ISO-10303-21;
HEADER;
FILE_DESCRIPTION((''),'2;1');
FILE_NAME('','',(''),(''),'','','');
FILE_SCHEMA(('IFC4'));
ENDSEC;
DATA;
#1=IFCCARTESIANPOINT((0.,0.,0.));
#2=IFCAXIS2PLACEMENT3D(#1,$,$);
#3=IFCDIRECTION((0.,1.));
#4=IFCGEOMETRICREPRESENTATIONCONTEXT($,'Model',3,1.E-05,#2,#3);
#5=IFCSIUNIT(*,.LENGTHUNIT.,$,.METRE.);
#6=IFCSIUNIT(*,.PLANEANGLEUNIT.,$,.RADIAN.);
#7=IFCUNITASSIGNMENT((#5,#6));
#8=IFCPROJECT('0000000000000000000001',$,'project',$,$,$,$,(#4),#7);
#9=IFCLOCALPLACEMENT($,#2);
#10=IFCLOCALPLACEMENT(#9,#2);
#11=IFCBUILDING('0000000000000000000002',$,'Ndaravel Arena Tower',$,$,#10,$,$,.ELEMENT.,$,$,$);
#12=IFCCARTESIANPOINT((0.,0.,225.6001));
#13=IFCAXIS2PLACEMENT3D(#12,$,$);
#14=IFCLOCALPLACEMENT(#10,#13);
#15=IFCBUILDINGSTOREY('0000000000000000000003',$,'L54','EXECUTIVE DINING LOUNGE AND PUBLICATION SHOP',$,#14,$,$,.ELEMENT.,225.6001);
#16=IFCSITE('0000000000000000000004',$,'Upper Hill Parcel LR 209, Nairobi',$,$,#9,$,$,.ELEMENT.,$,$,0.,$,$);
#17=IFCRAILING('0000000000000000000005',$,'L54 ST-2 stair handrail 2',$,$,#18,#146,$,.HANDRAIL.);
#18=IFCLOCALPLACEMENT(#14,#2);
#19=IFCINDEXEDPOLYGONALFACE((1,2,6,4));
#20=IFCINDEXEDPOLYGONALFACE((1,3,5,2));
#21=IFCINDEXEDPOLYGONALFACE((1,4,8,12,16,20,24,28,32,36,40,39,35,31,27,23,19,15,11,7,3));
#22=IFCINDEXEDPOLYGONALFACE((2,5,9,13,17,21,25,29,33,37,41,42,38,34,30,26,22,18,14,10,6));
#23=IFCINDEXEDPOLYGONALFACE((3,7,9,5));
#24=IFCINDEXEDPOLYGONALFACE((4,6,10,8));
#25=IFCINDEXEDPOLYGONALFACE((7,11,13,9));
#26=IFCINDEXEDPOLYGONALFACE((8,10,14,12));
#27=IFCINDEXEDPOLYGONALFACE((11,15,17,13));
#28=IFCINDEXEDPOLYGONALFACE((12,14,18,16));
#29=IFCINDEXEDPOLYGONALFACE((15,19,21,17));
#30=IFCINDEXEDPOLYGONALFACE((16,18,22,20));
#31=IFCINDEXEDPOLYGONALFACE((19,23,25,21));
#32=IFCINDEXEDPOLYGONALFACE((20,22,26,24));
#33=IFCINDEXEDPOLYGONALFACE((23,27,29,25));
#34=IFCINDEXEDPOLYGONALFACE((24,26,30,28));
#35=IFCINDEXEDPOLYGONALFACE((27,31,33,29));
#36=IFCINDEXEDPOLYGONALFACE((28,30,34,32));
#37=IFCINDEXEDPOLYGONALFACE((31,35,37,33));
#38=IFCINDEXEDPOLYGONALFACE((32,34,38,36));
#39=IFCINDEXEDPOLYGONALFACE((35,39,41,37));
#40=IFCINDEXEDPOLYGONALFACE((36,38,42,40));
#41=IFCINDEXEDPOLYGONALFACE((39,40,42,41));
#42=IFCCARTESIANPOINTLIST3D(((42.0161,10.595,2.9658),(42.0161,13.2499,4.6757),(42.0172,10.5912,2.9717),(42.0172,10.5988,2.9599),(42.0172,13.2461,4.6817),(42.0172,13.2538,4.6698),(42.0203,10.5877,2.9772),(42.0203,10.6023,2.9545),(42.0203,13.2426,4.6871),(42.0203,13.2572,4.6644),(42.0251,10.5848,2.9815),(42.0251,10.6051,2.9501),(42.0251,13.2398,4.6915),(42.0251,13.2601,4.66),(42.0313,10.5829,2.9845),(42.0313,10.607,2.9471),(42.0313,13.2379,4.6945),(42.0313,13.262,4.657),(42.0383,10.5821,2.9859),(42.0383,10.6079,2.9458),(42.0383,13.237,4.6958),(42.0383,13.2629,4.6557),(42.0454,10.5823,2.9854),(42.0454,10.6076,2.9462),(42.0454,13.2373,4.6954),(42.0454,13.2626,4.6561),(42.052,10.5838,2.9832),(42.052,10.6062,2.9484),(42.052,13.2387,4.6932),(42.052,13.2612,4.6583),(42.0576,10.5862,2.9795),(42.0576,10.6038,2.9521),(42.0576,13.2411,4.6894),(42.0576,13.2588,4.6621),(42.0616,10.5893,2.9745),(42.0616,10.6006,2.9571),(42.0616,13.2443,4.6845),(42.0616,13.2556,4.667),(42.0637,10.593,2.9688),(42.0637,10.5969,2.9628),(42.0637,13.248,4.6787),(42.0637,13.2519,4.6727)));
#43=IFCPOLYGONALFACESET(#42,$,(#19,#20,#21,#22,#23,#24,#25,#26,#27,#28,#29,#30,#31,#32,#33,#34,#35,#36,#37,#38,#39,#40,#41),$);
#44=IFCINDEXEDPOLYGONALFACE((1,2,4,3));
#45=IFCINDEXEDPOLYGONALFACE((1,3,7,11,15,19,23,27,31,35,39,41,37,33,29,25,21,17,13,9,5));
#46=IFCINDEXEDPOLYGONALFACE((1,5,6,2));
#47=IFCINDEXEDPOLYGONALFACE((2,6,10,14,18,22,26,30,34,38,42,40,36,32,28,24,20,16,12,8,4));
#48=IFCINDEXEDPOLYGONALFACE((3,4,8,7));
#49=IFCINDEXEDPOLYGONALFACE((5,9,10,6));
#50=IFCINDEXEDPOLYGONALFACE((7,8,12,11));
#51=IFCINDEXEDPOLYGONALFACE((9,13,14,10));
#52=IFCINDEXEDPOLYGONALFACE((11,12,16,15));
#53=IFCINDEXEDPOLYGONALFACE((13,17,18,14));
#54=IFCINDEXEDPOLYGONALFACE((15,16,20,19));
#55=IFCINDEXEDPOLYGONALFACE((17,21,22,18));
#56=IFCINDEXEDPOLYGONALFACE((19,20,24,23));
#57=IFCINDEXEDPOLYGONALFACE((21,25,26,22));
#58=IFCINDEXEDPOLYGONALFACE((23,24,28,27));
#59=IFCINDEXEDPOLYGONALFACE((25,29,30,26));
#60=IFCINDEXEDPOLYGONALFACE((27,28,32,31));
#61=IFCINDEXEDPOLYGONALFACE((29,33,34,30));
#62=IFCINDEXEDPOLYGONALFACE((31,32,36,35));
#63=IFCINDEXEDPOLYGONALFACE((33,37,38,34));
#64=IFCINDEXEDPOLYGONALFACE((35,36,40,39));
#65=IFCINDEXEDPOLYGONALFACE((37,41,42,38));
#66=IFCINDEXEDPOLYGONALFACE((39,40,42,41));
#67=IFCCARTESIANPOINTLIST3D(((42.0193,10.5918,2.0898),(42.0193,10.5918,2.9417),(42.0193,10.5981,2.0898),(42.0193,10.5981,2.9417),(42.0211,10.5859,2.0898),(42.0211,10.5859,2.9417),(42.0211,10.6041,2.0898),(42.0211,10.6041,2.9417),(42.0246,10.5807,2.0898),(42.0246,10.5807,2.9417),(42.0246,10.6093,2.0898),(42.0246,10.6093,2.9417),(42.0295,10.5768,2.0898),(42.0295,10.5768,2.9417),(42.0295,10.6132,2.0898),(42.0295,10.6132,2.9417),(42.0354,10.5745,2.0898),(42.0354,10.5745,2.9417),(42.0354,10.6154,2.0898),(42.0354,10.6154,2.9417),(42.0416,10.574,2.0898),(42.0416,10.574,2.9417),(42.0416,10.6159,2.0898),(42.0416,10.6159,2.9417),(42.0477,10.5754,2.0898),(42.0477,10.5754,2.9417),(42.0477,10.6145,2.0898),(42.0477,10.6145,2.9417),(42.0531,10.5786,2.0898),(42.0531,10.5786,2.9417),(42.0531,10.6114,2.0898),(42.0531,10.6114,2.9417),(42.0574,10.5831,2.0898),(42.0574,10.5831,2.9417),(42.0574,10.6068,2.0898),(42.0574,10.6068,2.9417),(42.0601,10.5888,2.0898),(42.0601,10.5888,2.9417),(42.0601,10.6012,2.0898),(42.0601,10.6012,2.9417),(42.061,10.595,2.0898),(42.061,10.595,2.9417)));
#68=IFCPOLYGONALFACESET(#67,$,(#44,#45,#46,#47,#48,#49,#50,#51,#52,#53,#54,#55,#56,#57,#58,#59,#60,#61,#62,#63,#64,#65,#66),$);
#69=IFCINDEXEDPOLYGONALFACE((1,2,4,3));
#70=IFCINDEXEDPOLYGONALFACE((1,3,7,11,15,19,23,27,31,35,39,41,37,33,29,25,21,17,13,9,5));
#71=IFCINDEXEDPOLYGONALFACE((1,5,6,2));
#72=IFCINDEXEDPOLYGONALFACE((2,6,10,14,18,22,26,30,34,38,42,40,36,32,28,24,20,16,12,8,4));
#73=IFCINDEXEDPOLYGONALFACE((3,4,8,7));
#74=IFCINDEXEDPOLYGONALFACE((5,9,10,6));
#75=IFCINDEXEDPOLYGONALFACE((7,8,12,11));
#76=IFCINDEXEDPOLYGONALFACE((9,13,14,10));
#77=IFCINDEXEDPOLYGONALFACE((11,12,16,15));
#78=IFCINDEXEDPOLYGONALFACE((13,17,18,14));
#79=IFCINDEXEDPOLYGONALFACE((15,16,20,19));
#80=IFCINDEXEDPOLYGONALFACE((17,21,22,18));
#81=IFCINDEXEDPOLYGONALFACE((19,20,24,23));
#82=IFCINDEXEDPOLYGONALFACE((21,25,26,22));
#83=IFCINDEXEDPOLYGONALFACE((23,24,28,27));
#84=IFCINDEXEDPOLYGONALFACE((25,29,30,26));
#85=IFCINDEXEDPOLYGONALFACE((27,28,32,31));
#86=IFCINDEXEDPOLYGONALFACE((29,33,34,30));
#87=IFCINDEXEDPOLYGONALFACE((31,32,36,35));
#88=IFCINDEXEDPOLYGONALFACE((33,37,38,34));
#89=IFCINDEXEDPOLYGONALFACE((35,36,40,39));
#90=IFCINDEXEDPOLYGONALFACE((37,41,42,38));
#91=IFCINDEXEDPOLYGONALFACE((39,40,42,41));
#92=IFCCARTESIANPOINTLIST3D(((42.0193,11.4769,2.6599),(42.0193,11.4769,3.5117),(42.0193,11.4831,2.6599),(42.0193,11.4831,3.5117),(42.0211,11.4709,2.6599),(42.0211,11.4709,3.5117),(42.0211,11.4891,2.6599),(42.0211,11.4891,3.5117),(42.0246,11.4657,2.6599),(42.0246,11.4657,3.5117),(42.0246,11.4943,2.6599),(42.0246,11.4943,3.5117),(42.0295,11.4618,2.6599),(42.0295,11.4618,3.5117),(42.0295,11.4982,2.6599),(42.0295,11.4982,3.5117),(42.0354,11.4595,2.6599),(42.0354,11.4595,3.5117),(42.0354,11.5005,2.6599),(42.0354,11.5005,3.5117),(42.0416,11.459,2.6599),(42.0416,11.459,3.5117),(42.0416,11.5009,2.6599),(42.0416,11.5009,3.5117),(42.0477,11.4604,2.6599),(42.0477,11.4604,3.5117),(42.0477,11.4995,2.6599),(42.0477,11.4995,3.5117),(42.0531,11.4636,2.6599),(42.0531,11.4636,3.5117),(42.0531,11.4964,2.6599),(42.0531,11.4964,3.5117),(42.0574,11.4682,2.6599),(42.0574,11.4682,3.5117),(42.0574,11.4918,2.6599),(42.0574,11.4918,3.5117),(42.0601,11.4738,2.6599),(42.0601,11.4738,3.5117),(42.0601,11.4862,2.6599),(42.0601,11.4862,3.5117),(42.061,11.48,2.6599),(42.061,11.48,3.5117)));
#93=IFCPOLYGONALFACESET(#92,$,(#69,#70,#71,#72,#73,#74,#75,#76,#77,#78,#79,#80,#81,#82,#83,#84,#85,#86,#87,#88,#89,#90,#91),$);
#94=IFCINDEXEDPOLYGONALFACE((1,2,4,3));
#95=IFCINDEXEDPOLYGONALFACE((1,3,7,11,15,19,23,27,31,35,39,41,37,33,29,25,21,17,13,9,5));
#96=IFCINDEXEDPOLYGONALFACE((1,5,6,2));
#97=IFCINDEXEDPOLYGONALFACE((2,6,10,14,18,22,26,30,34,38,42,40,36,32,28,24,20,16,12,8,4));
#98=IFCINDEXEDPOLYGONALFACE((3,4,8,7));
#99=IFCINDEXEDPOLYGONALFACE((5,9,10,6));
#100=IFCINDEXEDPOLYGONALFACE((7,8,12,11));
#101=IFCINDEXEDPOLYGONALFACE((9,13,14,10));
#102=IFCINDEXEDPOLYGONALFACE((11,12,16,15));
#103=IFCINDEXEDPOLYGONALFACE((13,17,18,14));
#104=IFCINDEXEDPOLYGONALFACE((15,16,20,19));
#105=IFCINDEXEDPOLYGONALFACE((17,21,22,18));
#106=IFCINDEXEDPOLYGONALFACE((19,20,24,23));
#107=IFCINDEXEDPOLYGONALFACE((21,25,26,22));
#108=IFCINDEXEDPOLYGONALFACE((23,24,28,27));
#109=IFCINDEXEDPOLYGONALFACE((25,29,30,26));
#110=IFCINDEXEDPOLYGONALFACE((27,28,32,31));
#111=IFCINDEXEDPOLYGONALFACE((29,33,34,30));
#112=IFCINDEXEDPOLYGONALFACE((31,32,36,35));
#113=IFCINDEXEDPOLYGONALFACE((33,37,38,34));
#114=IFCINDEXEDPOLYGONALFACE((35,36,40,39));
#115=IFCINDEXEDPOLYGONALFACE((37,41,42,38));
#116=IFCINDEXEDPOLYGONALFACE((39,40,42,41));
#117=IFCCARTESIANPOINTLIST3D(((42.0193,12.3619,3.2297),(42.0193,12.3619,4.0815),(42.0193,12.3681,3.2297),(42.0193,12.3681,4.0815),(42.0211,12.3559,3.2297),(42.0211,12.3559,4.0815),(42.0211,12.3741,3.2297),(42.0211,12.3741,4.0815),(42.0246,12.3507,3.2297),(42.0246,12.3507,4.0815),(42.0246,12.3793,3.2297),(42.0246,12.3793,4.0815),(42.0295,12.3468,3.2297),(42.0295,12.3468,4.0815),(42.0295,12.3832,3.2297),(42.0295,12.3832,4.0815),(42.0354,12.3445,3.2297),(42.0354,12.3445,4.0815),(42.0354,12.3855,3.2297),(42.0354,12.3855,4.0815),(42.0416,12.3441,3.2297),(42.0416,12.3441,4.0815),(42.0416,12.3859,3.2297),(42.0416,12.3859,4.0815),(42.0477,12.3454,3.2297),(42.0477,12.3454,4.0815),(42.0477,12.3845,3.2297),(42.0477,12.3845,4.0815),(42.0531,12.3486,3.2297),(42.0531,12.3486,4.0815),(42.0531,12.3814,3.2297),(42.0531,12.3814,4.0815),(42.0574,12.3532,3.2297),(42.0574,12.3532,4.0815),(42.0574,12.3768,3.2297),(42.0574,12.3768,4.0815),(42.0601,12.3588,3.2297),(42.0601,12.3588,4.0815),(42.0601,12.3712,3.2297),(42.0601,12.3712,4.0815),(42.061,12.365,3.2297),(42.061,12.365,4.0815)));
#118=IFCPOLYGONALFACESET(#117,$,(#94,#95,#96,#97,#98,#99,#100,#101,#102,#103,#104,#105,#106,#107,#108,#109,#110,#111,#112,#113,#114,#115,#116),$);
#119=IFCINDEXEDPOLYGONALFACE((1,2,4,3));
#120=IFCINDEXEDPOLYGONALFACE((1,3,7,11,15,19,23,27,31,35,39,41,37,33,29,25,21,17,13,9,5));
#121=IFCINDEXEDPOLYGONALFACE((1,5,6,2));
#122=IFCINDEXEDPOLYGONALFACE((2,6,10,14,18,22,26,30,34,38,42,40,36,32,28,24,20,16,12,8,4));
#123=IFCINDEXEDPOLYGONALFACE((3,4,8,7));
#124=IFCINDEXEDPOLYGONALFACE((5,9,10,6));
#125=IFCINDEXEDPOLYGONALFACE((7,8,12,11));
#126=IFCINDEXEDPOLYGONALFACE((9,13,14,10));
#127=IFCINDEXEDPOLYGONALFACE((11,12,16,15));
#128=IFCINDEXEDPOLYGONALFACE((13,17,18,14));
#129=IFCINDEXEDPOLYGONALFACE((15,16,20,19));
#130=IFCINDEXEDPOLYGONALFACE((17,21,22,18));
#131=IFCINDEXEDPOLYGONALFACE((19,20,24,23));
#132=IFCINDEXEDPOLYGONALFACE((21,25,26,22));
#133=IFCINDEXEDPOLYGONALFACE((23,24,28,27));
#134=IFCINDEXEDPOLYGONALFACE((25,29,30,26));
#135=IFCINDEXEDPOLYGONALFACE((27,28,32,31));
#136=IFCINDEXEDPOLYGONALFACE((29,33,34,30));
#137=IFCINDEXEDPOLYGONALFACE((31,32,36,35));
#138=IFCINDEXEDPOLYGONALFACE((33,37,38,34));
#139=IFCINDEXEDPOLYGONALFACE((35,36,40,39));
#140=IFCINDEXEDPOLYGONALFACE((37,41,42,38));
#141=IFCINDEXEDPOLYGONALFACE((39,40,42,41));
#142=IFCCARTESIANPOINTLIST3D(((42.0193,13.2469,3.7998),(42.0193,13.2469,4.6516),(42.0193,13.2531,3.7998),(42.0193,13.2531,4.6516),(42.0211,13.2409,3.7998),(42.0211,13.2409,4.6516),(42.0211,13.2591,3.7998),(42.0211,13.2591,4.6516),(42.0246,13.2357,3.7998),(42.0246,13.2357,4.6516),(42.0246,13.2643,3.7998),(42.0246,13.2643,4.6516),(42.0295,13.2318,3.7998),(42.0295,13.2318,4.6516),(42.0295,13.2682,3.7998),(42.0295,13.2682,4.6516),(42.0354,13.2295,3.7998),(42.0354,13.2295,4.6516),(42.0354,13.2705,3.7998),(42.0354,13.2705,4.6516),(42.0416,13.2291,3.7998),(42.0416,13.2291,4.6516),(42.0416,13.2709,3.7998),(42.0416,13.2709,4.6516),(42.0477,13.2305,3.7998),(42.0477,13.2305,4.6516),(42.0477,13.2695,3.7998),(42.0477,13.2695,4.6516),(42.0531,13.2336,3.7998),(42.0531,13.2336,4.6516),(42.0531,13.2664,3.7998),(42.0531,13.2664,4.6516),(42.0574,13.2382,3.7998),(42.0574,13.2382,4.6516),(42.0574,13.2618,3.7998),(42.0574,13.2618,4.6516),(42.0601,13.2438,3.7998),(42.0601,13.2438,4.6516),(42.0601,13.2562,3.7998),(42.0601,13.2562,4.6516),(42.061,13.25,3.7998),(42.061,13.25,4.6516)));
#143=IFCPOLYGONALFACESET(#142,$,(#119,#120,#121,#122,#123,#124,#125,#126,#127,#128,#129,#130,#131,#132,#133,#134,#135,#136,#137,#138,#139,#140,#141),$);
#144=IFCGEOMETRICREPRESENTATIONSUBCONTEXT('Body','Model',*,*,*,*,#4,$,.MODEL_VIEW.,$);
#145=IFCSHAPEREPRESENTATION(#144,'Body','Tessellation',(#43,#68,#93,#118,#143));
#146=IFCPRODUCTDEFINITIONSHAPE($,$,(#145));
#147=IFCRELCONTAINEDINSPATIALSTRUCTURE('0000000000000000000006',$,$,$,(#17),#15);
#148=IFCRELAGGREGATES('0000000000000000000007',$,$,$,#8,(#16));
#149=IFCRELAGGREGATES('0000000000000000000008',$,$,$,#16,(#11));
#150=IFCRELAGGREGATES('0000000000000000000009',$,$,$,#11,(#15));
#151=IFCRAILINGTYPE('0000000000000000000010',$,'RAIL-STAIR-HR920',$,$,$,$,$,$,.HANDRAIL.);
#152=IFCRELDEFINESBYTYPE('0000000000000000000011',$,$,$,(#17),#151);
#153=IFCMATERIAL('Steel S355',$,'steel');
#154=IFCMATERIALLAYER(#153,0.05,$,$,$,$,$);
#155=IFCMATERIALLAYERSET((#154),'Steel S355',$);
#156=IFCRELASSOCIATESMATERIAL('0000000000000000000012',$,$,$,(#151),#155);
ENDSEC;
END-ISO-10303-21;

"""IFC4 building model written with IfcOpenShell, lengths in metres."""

from ifc_helpers import new_model, si_unit, direction, frame, origin, origin_2d, place, context, subcontext, project, spatial, circle, extrude, material, layer, layer_set, type_object, element, save


model = new_model("IFC4")

# Units and contexts
model_context = context("Model", 3, precision=1e-05, world=origin(), true_north=direction((0.0, 1.0)))
body_context = subcontext(model_context, "Body", "Model", "MODEL_VIEW")
ifc_project = project(units=[si_unit("LENGTHUNIT", "METRE"), si_unit("PLANEANGLEUNIT", "RADIAN")], contexts=[model_context])

# Site, building, storey
site_placement = place(None, origin())
site = spatial("IfcSite", under=ifc_project, at=site_placement, Name="Upper Hill Parcel LR 209, Nairobi", CompositionType="ELEMENT", RefElevation=0.0)
building_placement = place(site_placement, origin())
building = spatial("IfcBuilding", under=site, at=building_placement, Name="Ndaravel Arena Tower", CompositionType="ELEMENT")
storey_placement = place(building_placement, frame((0.0, 0.0, 225.6001)))
storey = spatial("IfcBuildingStorey", under=building, at=storey_placement, Name="L54", Description="EXECUTIVE DINING LOUNGE AND PUBLICATION SHOP", CompositionType="ELEMENT", Elevation=225.6001)

# Railing
ifc_material_1 = material(Name="Steel S355", Category="steel")
ifc_layer_1 = layer(ifc_material_1, 0.05)
ifc_layer_set_1 = layer_set([ifc_layer_1], Name="Steel S355")
railing_type_1 = type_object("IfcRailingType", Name="RAIL-STAIR-HR920", PredefinedType="HANDRAIL", material=ifc_layer_set_1)
railing_1_placement = place(storey_placement, frame((42.04, 10.595, 2.0898)))
element("IfcRailing", 1, at=railing_1_placement, inside=storey, type_object=railing_type_1, Name="L54 ST-2 stair handrail 2", PredefinedType="HANDRAIL", context=body_context, shape_type="SweptSolid", body=[
    extrude(circle(Radius=0.0239, at=origin_2d()), frame((0.0, 0.0, 0.876), z_axis=(0.0, 0.840724, 0.541465), x_axis=(-1.0, 0.0, 0.0)), (0.0, 0.0, 1.0), 3.158),
    extrude(circle(Radius=0.021, at=origin_2d()), origin(), (0.0, 0.0, 1.0), 0.8518),
    extrude(circle(Radius=0.021, at=origin_2d()), frame((0.0, 0.885, 0.5701)), (0.0, 0.0, 1.0), 0.8518),
    extrude(circle(Radius=0.021, at=origin_2d()), frame((0.0, 1.77, 1.1399)), (0.0, 0.0, 1.0), 0.8518),
    extrude(circle(Radius=0.021, at=origin_2d()), frame((0.0, 2.655, 1.71)), (0.0, 0.0, 1.0), 0.8518),
])

save(model, "model.ifc")
